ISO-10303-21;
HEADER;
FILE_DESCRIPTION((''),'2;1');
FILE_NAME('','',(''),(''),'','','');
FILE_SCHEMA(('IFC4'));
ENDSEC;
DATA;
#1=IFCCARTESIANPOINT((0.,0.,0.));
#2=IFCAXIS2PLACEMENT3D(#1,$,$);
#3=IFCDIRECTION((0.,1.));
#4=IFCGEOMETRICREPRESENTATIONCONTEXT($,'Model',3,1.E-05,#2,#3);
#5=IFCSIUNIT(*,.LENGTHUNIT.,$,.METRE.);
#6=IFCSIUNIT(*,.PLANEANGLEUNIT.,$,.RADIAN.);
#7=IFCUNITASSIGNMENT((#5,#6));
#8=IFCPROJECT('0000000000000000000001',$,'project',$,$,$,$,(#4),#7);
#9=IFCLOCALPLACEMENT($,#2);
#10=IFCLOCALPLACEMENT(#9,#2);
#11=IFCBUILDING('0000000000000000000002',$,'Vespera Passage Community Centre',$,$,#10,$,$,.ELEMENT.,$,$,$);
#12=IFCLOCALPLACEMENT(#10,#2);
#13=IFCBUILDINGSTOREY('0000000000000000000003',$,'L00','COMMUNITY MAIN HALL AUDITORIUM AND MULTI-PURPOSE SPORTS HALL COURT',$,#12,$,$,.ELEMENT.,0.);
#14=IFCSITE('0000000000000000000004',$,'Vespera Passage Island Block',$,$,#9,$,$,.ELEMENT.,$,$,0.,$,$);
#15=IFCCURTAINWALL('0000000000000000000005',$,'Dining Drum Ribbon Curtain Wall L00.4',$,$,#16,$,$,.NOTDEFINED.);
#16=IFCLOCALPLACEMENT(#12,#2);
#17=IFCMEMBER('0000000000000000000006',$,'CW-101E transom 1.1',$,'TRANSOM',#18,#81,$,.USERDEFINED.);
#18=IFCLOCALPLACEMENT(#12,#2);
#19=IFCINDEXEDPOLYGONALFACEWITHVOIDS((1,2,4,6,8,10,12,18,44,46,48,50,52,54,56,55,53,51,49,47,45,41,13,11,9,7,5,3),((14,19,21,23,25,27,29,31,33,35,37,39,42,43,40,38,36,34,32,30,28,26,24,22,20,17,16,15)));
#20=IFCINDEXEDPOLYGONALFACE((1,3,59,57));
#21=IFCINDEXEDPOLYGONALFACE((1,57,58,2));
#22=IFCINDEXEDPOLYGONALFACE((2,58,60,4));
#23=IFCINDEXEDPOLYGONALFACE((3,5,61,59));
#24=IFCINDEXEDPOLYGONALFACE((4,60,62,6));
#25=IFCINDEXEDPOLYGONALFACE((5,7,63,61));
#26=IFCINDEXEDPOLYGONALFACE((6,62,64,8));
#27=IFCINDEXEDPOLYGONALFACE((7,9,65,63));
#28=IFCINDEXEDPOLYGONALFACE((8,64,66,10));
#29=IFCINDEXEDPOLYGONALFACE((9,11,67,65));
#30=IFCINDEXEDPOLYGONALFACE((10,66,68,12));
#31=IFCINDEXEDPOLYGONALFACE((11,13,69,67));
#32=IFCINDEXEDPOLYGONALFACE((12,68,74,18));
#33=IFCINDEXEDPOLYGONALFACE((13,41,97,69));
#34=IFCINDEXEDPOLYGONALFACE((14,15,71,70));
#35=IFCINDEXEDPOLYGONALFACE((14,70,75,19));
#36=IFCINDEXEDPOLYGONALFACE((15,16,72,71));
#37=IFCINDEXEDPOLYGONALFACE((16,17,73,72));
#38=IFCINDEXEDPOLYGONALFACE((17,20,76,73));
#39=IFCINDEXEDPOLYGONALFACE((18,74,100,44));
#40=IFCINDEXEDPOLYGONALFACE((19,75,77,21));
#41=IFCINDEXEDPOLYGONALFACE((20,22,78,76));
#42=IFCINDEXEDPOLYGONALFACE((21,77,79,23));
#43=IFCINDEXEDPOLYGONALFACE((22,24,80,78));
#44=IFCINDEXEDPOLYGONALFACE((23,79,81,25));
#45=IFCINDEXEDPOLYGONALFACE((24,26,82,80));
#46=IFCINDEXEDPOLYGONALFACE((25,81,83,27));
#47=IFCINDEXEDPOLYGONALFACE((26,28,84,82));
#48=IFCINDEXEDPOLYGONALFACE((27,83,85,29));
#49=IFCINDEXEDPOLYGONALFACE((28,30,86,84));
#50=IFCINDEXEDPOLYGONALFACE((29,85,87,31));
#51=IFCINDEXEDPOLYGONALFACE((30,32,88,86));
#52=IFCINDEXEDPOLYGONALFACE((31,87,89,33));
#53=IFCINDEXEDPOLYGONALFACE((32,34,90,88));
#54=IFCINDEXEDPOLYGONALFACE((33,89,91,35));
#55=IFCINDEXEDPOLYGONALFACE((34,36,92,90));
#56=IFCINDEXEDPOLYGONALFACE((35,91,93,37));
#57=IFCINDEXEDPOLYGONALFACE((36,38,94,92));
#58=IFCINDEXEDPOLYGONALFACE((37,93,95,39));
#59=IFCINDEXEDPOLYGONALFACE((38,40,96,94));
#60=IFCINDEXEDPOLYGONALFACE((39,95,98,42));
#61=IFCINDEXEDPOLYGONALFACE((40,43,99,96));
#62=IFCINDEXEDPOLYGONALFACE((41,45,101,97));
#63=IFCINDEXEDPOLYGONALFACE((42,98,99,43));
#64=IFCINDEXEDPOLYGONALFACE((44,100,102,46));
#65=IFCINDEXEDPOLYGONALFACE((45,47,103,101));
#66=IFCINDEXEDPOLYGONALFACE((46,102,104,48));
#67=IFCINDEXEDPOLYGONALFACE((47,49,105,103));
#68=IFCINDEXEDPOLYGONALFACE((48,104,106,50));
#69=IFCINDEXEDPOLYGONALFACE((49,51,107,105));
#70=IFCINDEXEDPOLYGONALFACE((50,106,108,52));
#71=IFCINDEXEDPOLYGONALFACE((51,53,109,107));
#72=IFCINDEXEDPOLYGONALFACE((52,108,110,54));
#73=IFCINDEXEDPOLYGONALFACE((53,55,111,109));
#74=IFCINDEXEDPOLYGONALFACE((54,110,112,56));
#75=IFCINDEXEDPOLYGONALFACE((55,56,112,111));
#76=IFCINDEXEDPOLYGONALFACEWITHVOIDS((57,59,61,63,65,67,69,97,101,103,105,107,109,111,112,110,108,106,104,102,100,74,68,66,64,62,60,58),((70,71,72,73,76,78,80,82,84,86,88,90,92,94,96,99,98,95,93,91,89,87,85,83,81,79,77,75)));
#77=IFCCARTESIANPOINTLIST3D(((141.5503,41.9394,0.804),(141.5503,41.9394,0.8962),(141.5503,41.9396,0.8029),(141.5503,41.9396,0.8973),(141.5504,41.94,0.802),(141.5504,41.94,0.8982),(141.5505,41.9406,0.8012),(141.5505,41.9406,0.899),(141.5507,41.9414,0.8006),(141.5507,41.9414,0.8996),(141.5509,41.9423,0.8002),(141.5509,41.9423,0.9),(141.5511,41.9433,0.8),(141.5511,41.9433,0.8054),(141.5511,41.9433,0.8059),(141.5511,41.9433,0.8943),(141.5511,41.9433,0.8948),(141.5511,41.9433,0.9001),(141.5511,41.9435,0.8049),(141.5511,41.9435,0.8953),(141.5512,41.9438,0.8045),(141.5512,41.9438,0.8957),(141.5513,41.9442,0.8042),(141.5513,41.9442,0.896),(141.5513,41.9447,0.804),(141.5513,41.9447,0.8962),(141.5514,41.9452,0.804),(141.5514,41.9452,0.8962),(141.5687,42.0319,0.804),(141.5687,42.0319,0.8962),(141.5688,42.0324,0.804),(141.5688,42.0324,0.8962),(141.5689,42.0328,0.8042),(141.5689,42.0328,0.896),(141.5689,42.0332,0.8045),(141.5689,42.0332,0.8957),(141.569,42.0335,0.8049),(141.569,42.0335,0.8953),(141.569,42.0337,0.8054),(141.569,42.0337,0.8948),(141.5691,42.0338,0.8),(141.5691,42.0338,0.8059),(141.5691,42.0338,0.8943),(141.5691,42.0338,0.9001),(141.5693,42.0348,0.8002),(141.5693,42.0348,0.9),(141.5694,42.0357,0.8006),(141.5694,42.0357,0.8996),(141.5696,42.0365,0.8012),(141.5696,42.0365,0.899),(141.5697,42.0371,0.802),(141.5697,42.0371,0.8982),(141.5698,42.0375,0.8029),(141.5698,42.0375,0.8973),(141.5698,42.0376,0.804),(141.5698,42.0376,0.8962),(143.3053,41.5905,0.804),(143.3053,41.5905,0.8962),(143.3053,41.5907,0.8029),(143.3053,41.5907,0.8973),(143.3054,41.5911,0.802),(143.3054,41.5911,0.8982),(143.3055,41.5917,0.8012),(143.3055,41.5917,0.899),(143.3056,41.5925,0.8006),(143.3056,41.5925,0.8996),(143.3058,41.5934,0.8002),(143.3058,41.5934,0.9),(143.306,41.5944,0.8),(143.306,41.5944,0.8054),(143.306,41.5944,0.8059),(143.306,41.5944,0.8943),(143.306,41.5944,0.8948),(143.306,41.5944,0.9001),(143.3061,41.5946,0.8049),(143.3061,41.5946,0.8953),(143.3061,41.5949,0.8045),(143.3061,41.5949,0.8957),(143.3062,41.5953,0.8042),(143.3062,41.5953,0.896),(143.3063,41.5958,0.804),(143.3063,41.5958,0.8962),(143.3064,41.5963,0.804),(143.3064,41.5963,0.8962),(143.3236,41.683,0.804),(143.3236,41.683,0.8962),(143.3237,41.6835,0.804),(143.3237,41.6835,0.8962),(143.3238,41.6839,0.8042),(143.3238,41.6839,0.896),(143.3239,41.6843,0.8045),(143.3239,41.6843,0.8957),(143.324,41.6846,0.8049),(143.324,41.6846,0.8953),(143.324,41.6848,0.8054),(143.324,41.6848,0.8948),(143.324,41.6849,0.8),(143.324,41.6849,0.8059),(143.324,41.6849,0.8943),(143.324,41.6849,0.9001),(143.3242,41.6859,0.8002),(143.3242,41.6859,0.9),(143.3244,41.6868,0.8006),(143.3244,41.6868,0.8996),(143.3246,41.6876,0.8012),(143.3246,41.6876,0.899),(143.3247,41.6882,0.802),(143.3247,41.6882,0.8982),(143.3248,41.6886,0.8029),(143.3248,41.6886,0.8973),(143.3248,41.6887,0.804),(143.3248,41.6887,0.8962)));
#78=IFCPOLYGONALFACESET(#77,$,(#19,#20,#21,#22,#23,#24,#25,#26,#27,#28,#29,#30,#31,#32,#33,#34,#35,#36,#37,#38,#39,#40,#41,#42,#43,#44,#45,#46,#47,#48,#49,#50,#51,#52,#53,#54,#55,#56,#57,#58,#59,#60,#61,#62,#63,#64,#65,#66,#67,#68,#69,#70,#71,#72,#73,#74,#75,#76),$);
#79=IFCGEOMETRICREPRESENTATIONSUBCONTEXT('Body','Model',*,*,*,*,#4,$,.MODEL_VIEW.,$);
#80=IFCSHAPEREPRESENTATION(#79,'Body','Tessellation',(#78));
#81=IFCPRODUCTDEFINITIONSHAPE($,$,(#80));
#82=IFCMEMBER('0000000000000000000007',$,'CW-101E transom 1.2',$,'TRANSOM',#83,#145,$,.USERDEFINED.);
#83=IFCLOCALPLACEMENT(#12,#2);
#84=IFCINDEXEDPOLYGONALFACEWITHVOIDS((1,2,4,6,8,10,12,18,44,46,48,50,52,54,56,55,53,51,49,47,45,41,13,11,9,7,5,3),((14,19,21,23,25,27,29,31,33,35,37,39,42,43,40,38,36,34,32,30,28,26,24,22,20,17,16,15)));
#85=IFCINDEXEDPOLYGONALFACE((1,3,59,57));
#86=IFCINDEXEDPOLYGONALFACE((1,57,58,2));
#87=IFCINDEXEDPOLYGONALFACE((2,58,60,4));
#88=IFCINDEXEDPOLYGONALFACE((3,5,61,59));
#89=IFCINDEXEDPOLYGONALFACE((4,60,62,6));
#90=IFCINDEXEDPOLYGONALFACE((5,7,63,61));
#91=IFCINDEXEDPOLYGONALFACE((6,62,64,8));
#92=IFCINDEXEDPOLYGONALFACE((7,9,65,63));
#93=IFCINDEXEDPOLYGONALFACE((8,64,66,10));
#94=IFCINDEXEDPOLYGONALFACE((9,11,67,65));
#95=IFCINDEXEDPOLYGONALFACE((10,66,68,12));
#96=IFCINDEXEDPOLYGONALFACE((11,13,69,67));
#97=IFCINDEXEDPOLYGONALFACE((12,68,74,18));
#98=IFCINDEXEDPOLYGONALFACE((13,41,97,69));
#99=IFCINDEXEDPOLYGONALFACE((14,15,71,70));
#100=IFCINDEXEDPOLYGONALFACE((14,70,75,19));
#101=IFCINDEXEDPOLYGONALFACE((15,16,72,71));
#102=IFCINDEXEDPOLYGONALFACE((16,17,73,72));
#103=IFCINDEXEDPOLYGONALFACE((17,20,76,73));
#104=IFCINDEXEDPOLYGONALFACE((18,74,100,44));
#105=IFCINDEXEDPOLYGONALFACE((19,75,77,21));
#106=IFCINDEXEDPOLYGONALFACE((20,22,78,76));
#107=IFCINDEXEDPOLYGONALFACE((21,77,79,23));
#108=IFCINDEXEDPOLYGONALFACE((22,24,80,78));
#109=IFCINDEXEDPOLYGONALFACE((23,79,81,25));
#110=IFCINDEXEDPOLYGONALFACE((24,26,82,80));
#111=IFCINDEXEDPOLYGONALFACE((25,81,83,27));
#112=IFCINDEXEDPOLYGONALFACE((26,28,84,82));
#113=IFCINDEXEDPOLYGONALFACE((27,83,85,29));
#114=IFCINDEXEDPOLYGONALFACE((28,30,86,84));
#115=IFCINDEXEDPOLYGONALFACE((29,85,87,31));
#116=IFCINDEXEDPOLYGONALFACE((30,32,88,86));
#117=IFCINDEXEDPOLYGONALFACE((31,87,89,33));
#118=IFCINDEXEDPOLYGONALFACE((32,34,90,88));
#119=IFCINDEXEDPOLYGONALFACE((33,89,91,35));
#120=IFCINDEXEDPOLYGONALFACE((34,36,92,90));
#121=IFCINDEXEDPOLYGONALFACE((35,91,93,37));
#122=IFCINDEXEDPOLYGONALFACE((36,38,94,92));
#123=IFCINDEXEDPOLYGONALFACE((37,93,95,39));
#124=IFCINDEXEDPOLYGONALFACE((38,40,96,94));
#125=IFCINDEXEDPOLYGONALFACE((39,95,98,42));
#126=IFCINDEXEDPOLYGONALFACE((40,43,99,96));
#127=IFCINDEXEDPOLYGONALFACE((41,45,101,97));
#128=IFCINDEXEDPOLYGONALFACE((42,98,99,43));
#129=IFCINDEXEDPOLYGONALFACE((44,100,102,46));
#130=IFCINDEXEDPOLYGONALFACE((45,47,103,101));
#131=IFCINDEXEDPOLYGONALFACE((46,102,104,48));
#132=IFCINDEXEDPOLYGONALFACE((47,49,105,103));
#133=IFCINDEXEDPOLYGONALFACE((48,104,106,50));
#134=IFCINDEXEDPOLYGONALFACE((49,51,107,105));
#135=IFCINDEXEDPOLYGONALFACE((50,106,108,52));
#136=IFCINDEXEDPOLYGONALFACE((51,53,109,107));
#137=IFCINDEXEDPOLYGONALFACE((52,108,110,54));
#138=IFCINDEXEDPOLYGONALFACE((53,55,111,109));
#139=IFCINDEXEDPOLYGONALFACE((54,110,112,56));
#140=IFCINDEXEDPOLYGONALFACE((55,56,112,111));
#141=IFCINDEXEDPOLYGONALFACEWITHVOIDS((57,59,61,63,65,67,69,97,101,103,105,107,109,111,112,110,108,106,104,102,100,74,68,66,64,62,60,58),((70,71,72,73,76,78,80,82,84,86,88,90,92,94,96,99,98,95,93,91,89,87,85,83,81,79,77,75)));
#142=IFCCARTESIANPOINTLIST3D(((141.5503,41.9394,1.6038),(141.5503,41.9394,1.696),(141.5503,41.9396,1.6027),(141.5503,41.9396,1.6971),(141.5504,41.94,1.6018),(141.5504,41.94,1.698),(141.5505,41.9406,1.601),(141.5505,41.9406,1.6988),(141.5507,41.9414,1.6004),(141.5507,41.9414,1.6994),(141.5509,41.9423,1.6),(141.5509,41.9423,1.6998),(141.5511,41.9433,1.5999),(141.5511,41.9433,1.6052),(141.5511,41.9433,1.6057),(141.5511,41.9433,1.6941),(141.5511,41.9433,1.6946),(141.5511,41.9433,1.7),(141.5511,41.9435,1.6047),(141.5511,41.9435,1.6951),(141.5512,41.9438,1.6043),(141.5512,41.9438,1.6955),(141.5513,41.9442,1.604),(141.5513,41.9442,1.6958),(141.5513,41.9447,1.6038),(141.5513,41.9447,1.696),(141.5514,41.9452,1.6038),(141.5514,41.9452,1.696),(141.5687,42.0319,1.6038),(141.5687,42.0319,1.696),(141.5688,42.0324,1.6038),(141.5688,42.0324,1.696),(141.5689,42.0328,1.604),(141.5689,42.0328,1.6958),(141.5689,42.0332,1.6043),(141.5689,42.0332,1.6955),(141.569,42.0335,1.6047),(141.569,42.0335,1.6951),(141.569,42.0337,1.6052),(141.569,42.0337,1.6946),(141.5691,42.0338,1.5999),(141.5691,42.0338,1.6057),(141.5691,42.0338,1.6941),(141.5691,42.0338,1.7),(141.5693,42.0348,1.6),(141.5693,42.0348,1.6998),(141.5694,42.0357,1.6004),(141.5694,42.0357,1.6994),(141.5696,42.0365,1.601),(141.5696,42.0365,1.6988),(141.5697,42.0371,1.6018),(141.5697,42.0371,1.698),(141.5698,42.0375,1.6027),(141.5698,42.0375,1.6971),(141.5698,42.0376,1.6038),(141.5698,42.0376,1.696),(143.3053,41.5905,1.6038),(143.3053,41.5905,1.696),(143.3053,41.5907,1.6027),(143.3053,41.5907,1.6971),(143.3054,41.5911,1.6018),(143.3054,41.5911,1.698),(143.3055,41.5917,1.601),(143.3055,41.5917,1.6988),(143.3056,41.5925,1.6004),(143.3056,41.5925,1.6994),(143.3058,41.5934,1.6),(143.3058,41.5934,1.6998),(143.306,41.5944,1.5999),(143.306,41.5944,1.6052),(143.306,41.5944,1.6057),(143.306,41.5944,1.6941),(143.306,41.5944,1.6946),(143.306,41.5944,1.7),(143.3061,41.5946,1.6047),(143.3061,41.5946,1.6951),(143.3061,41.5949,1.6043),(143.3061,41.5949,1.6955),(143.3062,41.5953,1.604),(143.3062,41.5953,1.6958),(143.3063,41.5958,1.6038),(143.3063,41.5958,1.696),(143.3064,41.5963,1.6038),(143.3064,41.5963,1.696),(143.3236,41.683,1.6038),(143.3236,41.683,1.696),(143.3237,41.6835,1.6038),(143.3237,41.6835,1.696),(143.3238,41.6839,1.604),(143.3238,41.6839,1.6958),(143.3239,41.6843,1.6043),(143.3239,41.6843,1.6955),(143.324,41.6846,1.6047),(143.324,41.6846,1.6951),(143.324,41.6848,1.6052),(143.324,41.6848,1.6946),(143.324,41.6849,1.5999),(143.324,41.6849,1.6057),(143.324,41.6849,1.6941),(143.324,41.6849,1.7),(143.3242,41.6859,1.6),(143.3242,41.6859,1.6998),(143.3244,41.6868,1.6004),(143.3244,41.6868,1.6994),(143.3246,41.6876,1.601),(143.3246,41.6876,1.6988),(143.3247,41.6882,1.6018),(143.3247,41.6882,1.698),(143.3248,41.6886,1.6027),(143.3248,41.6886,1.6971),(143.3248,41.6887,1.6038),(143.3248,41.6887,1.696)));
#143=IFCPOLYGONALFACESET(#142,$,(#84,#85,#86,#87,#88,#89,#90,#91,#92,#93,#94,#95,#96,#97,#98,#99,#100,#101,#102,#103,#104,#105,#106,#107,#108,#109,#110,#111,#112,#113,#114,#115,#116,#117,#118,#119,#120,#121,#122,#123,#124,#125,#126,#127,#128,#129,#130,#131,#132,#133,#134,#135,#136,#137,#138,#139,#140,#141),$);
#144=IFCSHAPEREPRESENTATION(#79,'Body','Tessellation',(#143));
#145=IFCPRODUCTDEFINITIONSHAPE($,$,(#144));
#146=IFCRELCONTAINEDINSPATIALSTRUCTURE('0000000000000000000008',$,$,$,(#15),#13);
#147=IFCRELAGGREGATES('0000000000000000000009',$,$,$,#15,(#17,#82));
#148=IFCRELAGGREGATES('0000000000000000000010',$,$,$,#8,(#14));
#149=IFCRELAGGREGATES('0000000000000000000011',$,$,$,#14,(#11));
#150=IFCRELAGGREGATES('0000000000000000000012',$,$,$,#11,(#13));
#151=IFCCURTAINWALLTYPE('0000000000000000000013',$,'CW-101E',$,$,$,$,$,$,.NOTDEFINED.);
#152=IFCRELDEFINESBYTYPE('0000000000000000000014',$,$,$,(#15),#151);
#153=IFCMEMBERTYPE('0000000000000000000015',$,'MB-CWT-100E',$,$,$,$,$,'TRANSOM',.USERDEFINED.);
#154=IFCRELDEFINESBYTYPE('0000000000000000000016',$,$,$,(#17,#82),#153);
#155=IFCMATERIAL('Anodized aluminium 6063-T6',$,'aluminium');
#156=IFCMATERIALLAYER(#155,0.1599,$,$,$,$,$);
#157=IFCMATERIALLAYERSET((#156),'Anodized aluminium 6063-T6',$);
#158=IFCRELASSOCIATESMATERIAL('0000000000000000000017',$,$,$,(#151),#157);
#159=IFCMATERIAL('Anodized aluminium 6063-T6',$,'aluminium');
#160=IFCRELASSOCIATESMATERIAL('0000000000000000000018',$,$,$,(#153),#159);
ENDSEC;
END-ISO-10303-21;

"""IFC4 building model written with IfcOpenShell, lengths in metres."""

from ifc_helpers import new_model, si_unit, direction, frame, origin, origin_2d, place, context, subcontext, project, spatial, hollow_rectangle, extrude, material, layer, layer_set, material_profile, profile_set, type_object, element, aggregate, save


model = new_model("IFC4")

# Units and contexts
model_context = context("Model", 3, precision=1e-05, world=origin(), true_north=direction((0.0, 1.0)))
body_context = subcontext(model_context, "Body", "Model", "MODEL_VIEW")
ifc_project = project(units=[si_unit("LENGTHUNIT", "METRE"), si_unit("PLANEANGLEUNIT", "RADIAN")], contexts=[model_context])

# Site, building, storey
site_placement = place(None, origin())
site = spatial("IfcSite", under=ifc_project, at=site_placement, Name="Vespera Passage Island Block", CompositionType="ELEMENT", RefElevation=0.0)
building_placement = place(site_placement, origin())
building = spatial("IfcBuilding", under=site, at=building_placement, Name="Vespera Passage Community Centre", CompositionType="ELEMENT")
storey_placement = place(building_placement, origin())
storey = spatial("IfcBuildingStorey", under=building, at=storey_placement, Name="L00", Description="COMMUNITY MAIN HALL AUDITORIUM AND MULTI-PURPOSE SPORTS HALL COURT", CompositionType="ELEMENT", Elevation=0.0)

# Curtain wall
ifc_material_1 = material(Name="Anodized aluminium 6063-T6", Category="aluminium")
ifc_layer_1 = layer(ifc_material_1, 0.1599)
ifc_layer_set_1 = layer_set([ifc_layer_1], Name="Anodized aluminium 6063-T6")
curtain_wall_type_1 = type_object("IfcCurtainWallType", Name="CW-101E", PredefinedType="NOTDEFINED", material=ifc_layer_set_1)
curtain_wall_1_placement = place(storey_placement, origin())
curtain_wall_1 = element("IfcCurtainWall", 1, at=curtain_wall_1_placement, inside=storey, type_object=curtain_wall_type_1, Name="Dining Drum Ribbon Curtain Wall L00.4", PredefinedType="NOTDEFINED")

# Members
ifc_material_2 = material(Name="Anodized aluminium 6063-T6", Category="aluminium")
ifc_material_profile_1 = material_profile(ifc_material_2, hollow_rectangle(XDim=0.1001, YDim=0.1001, WallThickness=0.0039, InnerFilletRadius=0.002, OuterFilletRadius=0.0039, at=origin_2d()), Name="ALU100X100X4")
ifc_profile_set_1 = profile_set([ifc_material_profile_1], Name="Anodized aluminium 6063-T6")
member_type_1 = type_object("IfcMemberType", Name="MB-CWT-100E", ElementType="TRANSOM", PredefinedType="USERDEFINED", material=ifc_profile_set_1)
member_1_placement = place(storey_placement, frame((141.5601, 41.9885, 0.8501), z_axis=(0.980806, -0.194988, 0.0), x_axis=(0.194988, 0.980806, 0.0)))
member_1 = element("IfcMember", 2, at=member_1_placement, type_object=member_type_1, Name="CW-101E transom 1.1", ObjectType="TRANSOM", PredefinedType="USERDEFINED", context=body_context, shape_type="SweptSolid", body=[
    extrude(hollow_rectangle(XDim=0.1001, YDim=0.1001, WallThickness=0.0039, InnerFilletRadius=0.002, OuterFilletRadius=0.0039, at=origin_2d()), origin(), (0.0, 0.0, 1.0), 1.7893),
])
member_2_placement = place(storey_placement, frame((141.5601, 41.9885, 1.6499), z_axis=(0.980806, -0.194988, 0.0), x_axis=(0.194988, 0.980806, 0.0)))
member_2 = element("IfcMember", 3, at=member_2_placement, type_object=member_type_1, Name="CW-101E transom 1.2", ObjectType="TRANSOM", PredefinedType="USERDEFINED", context=body_context, shape_type="SweptSolid", body=[
    extrude(hollow_rectangle(XDim=0.1001, YDim=0.1001, WallThickness=0.0039, InnerFilletRadius=0.002, OuterFilletRadius=0.0039, at=origin_2d()), origin(), (0.0, 0.0, 1.0), 1.7893),
])

aggregate(curtain_wall_1, [member_1, member_2])

save(model, "model.ifc")
